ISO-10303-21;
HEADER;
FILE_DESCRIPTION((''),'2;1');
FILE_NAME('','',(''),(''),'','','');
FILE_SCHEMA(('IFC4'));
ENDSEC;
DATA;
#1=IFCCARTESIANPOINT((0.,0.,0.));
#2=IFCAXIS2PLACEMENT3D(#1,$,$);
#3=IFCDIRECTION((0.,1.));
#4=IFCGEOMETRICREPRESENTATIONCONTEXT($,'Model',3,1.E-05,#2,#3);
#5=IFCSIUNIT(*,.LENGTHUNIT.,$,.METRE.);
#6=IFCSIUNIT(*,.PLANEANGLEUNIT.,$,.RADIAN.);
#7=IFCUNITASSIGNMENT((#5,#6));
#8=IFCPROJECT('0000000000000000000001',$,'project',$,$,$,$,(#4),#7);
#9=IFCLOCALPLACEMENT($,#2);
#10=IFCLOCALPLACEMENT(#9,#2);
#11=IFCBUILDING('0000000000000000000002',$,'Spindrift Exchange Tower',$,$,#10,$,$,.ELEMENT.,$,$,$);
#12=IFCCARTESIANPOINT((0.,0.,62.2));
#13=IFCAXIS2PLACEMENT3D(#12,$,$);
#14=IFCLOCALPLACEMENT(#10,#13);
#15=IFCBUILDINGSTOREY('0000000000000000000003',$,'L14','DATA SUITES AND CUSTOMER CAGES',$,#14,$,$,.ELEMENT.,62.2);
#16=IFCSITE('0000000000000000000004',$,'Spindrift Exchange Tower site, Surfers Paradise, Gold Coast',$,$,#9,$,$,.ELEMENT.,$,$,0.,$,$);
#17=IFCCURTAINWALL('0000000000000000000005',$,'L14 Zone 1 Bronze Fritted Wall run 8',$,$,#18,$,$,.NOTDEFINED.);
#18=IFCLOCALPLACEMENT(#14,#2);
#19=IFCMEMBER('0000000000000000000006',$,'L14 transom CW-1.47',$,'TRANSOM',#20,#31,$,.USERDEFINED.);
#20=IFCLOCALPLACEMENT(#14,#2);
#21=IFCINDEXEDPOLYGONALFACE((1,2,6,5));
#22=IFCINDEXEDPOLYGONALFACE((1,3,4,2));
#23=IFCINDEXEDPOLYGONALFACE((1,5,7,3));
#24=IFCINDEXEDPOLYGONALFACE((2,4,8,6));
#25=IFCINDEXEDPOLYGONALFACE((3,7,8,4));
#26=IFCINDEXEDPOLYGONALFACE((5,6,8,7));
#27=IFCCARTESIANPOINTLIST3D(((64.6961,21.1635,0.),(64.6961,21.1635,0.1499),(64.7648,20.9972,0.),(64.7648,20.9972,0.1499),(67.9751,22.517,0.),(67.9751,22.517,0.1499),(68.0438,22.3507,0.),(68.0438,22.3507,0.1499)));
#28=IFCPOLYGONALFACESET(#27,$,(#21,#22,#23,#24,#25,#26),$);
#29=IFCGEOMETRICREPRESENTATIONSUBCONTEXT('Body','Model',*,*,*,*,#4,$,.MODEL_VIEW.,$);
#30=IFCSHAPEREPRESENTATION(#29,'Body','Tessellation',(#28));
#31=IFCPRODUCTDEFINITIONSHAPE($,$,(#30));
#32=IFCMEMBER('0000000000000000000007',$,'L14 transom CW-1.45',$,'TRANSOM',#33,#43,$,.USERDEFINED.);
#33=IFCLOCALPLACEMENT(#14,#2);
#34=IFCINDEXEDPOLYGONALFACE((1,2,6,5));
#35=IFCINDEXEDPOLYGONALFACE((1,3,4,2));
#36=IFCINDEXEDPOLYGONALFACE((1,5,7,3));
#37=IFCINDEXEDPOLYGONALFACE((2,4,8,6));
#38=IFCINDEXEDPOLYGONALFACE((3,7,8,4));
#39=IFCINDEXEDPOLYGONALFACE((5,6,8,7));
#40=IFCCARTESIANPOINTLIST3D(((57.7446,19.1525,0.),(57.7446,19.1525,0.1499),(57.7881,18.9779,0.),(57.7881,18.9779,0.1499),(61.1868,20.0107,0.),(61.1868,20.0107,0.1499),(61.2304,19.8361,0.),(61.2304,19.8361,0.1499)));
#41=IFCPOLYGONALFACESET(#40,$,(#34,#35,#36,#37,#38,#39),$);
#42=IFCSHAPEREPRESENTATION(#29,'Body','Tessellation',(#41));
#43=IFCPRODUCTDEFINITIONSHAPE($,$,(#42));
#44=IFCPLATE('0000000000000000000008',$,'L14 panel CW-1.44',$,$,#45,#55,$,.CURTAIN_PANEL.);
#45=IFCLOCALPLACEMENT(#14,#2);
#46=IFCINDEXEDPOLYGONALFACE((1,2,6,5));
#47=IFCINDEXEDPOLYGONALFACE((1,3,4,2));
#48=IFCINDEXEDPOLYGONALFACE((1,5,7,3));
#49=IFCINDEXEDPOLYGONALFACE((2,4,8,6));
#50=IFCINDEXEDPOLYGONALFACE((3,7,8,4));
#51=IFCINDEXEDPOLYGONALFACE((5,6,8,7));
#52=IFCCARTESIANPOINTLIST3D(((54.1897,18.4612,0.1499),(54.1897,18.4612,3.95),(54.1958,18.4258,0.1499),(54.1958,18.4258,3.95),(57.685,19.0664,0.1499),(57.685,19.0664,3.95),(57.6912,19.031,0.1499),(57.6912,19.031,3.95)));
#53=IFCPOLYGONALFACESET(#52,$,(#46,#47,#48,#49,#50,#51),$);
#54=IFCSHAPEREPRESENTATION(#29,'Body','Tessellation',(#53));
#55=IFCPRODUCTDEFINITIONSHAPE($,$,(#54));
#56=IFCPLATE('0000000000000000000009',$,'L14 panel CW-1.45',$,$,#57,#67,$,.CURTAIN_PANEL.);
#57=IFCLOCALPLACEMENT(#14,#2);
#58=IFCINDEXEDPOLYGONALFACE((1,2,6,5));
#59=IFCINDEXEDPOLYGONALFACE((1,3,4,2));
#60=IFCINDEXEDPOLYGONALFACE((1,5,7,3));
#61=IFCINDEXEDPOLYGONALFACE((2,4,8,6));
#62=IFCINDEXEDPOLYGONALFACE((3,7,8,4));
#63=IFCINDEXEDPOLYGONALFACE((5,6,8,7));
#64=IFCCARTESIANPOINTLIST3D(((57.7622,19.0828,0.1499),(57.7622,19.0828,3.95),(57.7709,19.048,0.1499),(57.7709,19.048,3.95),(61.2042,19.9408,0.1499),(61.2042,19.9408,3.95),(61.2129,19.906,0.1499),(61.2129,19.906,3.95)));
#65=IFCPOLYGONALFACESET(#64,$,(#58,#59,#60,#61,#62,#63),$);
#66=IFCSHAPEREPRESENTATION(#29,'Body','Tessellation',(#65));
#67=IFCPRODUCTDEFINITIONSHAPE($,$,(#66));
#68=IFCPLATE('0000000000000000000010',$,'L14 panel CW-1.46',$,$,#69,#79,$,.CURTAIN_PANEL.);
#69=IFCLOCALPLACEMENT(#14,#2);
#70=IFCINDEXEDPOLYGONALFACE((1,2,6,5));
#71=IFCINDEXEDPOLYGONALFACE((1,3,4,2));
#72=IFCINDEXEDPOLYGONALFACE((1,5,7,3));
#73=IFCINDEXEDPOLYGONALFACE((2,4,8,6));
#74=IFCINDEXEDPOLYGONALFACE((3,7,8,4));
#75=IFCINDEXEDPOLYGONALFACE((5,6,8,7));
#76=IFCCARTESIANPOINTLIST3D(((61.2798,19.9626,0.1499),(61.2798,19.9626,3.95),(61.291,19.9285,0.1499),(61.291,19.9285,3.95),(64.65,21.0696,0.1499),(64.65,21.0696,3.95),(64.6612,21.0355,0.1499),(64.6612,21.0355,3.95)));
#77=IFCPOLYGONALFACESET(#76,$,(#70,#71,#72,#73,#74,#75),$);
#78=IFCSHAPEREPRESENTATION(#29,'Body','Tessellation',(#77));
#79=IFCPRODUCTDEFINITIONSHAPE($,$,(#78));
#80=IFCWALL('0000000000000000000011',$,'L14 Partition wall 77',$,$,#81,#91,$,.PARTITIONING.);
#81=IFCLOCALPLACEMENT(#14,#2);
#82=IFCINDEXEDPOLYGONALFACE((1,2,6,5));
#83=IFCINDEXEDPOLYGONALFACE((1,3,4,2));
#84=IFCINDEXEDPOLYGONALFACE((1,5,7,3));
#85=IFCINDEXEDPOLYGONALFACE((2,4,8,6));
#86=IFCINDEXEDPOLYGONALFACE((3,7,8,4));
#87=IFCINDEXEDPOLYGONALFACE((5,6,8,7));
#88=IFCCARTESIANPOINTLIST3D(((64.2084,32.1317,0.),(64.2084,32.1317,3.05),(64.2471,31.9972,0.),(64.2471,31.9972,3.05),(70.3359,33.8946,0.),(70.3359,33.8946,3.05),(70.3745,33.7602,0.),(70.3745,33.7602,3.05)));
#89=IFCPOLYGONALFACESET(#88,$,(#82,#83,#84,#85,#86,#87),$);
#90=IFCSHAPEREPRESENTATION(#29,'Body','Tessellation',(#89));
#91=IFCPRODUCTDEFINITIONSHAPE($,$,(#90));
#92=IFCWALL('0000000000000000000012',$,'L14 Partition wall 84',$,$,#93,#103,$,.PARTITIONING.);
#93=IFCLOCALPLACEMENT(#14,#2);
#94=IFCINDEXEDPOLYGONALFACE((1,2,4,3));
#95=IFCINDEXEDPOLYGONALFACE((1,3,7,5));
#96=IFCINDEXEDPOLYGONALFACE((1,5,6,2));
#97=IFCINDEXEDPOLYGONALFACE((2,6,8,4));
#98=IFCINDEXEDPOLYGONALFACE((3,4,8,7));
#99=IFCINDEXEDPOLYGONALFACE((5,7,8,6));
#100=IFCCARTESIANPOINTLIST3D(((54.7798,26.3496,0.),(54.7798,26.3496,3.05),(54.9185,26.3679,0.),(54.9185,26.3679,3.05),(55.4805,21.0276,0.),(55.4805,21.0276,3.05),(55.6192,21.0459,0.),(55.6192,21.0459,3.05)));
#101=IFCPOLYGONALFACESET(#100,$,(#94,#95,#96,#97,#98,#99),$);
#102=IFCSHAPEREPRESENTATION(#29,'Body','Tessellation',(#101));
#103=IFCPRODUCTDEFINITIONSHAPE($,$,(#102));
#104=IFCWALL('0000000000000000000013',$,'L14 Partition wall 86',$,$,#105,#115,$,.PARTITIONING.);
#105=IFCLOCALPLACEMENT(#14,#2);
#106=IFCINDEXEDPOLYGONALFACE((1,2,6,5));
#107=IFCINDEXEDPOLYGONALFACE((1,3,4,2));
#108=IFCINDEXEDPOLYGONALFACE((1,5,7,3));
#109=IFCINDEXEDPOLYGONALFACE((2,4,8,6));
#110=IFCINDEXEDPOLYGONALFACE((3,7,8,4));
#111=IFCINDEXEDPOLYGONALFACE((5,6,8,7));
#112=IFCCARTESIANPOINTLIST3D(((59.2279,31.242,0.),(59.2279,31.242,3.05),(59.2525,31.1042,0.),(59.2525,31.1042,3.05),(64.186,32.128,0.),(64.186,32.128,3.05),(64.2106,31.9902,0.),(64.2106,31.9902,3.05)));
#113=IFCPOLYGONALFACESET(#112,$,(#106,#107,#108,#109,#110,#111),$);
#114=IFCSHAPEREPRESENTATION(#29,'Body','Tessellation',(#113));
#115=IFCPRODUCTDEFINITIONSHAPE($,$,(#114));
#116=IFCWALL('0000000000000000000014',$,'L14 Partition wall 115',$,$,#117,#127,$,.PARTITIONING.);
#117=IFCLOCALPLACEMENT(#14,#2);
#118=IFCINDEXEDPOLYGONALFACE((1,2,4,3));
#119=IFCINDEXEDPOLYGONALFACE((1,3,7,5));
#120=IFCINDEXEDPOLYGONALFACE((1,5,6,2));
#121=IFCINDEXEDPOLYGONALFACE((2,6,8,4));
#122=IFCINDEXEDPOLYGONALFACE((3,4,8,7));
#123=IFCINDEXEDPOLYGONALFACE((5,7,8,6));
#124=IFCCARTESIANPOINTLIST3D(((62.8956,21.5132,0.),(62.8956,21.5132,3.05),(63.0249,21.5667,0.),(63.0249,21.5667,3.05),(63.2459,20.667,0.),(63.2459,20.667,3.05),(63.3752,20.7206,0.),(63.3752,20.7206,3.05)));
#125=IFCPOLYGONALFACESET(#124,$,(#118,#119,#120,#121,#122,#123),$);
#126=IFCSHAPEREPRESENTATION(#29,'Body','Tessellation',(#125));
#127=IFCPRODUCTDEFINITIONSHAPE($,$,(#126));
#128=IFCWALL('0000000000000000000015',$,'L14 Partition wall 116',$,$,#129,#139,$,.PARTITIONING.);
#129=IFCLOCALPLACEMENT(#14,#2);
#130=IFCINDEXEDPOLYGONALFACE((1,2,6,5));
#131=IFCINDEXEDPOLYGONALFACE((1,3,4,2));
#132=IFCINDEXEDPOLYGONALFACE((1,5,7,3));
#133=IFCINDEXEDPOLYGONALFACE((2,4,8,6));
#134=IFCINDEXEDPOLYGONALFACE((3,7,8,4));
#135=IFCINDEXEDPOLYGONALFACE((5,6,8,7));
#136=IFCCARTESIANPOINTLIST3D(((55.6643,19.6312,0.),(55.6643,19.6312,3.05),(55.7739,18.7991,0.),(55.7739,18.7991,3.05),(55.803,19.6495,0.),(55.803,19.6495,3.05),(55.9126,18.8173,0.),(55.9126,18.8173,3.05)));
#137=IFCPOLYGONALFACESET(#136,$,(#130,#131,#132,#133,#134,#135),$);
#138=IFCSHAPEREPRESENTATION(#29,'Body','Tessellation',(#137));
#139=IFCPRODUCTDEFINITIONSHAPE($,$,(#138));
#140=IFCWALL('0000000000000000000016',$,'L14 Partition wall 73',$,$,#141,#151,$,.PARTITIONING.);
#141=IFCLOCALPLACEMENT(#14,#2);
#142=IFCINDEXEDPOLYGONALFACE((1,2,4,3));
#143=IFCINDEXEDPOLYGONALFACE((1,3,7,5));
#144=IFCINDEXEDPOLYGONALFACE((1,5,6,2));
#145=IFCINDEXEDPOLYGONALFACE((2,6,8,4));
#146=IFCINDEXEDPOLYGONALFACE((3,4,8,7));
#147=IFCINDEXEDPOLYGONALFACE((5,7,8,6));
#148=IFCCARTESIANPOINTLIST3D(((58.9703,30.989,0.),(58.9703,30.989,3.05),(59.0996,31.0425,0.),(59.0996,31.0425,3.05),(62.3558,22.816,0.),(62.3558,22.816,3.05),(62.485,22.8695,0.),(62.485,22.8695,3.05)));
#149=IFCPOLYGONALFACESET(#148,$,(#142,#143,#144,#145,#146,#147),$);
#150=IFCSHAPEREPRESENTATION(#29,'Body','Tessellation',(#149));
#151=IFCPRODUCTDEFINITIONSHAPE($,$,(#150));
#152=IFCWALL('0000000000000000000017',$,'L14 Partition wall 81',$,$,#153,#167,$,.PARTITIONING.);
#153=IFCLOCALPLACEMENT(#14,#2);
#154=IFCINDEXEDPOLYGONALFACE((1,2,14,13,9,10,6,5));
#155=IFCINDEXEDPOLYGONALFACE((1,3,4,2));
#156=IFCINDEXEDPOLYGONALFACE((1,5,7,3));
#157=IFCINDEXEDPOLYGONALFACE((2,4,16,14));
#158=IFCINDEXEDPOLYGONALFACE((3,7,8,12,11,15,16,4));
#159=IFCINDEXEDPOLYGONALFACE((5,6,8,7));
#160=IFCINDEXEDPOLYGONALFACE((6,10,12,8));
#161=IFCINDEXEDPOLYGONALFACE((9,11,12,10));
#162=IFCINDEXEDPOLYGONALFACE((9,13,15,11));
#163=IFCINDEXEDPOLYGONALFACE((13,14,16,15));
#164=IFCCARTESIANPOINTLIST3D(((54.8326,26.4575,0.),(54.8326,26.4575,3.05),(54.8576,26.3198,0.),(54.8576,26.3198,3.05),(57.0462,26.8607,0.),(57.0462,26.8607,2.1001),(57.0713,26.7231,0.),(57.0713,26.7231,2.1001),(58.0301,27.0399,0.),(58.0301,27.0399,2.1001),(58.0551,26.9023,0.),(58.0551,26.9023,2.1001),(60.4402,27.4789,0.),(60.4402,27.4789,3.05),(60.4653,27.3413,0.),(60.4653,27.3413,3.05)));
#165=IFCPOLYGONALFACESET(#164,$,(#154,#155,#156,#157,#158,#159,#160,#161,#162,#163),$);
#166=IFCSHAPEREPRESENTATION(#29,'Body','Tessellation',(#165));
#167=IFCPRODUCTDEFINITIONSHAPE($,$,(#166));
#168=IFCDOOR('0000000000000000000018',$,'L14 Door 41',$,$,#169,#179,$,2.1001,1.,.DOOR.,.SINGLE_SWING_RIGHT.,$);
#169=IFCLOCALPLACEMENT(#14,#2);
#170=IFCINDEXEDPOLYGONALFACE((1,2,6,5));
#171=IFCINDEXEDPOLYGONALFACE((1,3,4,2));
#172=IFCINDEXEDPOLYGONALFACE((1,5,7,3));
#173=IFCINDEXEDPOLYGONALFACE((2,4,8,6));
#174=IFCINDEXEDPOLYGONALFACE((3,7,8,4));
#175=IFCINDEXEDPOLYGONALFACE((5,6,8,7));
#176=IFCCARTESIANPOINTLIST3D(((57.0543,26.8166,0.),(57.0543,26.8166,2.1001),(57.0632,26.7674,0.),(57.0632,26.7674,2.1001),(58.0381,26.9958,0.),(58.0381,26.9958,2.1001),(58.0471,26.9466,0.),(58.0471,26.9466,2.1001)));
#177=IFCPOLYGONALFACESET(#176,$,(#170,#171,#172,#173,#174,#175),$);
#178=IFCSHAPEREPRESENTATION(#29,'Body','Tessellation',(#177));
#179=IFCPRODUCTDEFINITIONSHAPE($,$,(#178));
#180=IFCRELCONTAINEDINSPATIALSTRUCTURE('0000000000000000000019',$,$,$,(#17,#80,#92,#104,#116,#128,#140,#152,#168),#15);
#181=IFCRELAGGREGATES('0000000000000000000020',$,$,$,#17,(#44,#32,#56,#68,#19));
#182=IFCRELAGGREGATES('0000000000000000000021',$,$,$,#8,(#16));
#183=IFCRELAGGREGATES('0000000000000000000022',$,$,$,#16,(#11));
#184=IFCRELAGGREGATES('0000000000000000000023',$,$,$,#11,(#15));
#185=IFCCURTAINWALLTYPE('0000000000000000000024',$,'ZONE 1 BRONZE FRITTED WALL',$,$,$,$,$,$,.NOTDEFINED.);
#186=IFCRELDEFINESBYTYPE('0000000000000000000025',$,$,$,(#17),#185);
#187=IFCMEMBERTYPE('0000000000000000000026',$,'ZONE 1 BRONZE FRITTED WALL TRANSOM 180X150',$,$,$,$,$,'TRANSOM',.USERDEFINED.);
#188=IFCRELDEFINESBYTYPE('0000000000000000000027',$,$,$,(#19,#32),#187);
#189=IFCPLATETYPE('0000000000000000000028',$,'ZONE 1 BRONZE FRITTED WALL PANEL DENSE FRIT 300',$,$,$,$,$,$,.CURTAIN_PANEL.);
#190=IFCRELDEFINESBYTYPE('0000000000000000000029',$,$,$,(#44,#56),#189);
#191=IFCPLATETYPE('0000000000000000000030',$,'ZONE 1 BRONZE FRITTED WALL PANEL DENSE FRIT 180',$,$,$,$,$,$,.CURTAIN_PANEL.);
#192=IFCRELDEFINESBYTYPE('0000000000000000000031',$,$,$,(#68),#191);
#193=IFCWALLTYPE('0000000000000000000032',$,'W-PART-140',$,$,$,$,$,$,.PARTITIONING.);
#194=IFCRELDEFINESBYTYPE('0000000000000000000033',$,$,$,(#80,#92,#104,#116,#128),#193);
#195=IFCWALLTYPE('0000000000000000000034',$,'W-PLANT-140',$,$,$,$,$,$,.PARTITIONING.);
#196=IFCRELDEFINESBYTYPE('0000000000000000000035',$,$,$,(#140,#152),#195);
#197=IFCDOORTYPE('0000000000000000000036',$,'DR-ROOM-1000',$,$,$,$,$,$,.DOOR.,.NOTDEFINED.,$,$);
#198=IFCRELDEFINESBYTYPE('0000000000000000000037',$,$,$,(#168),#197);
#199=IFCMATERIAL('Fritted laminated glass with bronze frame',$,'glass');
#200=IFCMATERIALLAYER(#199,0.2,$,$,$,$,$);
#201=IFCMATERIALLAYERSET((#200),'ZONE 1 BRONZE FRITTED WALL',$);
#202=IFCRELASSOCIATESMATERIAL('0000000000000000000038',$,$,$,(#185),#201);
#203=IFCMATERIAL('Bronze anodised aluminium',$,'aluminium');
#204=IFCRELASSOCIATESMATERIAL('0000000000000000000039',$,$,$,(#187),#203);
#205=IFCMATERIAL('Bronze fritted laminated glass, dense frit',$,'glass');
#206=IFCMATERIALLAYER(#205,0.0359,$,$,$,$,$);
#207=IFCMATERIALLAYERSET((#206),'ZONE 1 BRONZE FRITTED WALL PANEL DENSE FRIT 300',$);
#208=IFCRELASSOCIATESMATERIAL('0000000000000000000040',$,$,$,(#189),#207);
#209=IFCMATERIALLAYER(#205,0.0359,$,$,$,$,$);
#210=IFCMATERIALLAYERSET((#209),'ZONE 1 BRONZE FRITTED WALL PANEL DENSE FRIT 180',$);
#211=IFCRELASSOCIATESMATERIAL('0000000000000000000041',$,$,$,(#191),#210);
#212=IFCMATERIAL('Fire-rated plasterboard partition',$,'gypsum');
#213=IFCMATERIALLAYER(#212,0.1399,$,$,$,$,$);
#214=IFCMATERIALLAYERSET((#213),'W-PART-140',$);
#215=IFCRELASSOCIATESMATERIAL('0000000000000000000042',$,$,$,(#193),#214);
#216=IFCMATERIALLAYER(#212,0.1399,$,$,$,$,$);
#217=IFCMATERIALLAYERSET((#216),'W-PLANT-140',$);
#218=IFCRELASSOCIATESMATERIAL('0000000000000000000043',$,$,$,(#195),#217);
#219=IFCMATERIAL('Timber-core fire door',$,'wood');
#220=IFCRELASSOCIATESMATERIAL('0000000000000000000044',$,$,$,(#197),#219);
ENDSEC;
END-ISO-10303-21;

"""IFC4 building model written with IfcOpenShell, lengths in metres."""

from ifc_helpers import new_model, si_unit, direction, frame, frame_2d, origin, origin_2d, place, context, subcontext, project, spatial, rectangle, extrude, source, transform, mapped, material, layer, layer_set, material_profile, profile_set, type_object, element, fill, aggregate, save


model = new_model("IFC4")

# Units and contexts
model_context = context("Model", 3, precision=1e-05, world=origin(), true_north=direction((0.0, 1.0)))
body_context = subcontext(model_context, "Body", "Model", "MODEL_VIEW")
ifc_project = project(units=[si_unit("LENGTHUNIT", "METRE"), si_unit("PLANEANGLEUNIT", "RADIAN")], contexts=[model_context])

# Site, building, storey
site_placement = place(None, origin())
site = spatial("IfcSite", under=ifc_project, at=site_placement, Name="Spindrift Exchange Tower site, Surfers Paradise, Gold Coast", CompositionType="ELEMENT", RefElevation=0.0)
building_placement = place(site_placement, origin())
building = spatial("IfcBuilding", under=site, at=building_placement, Name="Spindrift Exchange Tower", CompositionType="ELEMENT")
storey_placement = place(building_placement, frame((0.0, 0.0, 62.2)))
storey = spatial("IfcBuildingStorey", under=building, at=storey_placement, Name="L14", Description="DATA SUITES AND CUSTOMER CAGES", CompositionType="ELEMENT", Elevation=62.2)

# Curtain wall, members, plates
ifc_material_1 = material(Name="Fritted laminated glass with bronze frame", Category="glass")
ifc_layer_1 = layer(ifc_material_1, 0.2)
ifc_layer_set_1 = layer_set([ifc_layer_1], Name="ZONE 1 BRONZE FRITTED WALL")
curtain_wall_type = type_object("IfcCurtainWallType", Name="ZONE 1 BRONZE FRITTED WALL", PredefinedType="NOTDEFINED", material=ifc_layer_set_1)
curtain_wall_placement = place(storey_placement, origin())
curtain_wall = element("IfcCurtainWall", 1, at=curtain_wall_placement, inside=storey, type_object=curtain_wall_type, Name="L14 Zone 1 Bronze Fritted Wall run 8", PredefinedType="NOTDEFINED")
ifc_material_2 = material(Name="Bronze anodised aluminium", Category="aluminium")
ifc_material_profile_1 = material_profile(ifc_material_2, rectangle(XDim=0.1799, YDim=0.1499, at=origin_2d()), Name="ZONE 1 BRONZE FRITTED WALL TRANSOM 180X150")
ifc_profile_set_1 = profile_set([ifc_material_profile_1], Name="Bronze anodised aluminium")
member_type_1 = type_object("IfcMemberType", Name="ZONE 1 BRONZE FRITTED WALL TRANSOM 180X150", ElementType="TRANSOM", PredefinedType="USERDEFINED", material=ifc_profile_set_1)
shared_shape_1 = source(origin(), body_context, "Body", "SweptSolid", [
    extrude(rectangle(XDim=0.1799, YDim=0.1499, at=origin_2d()), origin(), (0.0, 0.0, 1.0), 3.5474),
])
member_1_placement = place(storey_placement, frame((64.7305, 21.0803, 0.075), z_axis=(0.924349, 0.381549, 0.0), x_axis=(-0.381549, 0.924349, 0.0)))
member_1 = element("IfcMember", 2, at=member_1_placement, type_object=member_type_1, Name="L14 transom CW-1.47", ObjectType="TRANSOM", PredefinedType="USERDEFINED", context=body_context, shape_type="MappedRepresentation", body=[
    mapped(shared_shape_1, transform((0.0, 0.0, 0.0), scale=1.0)),
])
shared_shape_2 = source(origin(), body_context, "Body", "SweptSolid", [
    extrude(rectangle(XDim=0.1799, YDim=0.1499, at=origin_2d()), origin(), (0.0, 0.0, 1.0), 3.5476),
])
member_2_placement = place(storey_placement, frame((57.7664, 19.0652, 0.075), z_axis=(0.9703, 0.241904, 0.0), x_axis=(-0.241904, 0.9703, 0.0)))
member_2 = element("IfcMember", 3, at=member_2_placement, type_object=member_type_1, Name="L14 transom CW-1.45", ObjectType="TRANSOM", PredefinedType="USERDEFINED", context=body_context, shape_type="MappedRepresentation", body=[
    mapped(shared_shape_2, transform((0.0, 0.0, 0.0), scale=1.0)),
])
ifc_material_3 = material(Name="Bronze fritted laminated glass, dense frit", Category="glass")
ifc_layer_2 = layer(ifc_material_3, 0.0359)
ifc_layer_set_2 = layer_set([ifc_layer_2], Name="ZONE 1 BRONZE FRITTED WALL PANEL DENSE FRIT 300")
plate_type_1 = type_object("IfcPlateType", Name="ZONE 1 BRONZE FRITTED WALL PANEL DENSE FRIT 300", PredefinedType="CURTAIN_PANEL", material=ifc_layer_set_2)
shared_shape_3 = source(origin(), body_context, "Body", "SweptSolid", [
    extrude(rectangle(XDim=3.5474, YDim=0.0359, at=origin_2d()), origin(), (0.0, 0.0, 1.0), 3.8),
])
plate_1_placement = place(storey_placement, frame((55.9404, 18.7461, 0.1499), z_axis=(0.0, 0.0, 1.0), x_axis=(0.985337, 0.170619, 0.0)))
plate_1 = element("IfcPlate", 4, at=plate_1_placement, type_object=plate_type_1, Name="L14 panel CW-1.44", PredefinedType="CURTAIN_PANEL", context=body_context, shape_type="MappedRepresentation", body=[
    mapped(shared_shape_3, transform((0.0, 0.0, 0.0), scale=1.0)),
])
plate_2_placement = place(storey_placement, frame((59.4875, 19.4944, 0.1499), z_axis=(0.0, 0.0, 1.0), x_axis=(0.970306, 0.241881, 0.0)))
plate_2 = element("IfcPlate", 5, at=plate_2_placement, type_object=plate_type_1, Name="L14 panel CW-1.45", PredefinedType="CURTAIN_PANEL", context=body_context, shape_type="MappedRepresentation", body=[
    mapped(shared_shape_3, transform((0.0, 0.0, 0.0), scale=1.0)),
])
ifc_layer_3 = layer(ifc_material_3, 0.0359)
ifc_layer_set_3 = layer_set([ifc_layer_3], Name="ZONE 1 BRONZE FRITTED WALL PANEL DENSE FRIT 180")
plate_type_2 = type_object("IfcPlateType", Name="ZONE 1 BRONZE FRITTED WALL PANEL DENSE FRIT 180", PredefinedType="CURTAIN_PANEL", material=ifc_layer_set_3)
shared_shape_4 = source(origin(), body_context, "Body", "SweptSolid", [
    extrude(rectangle(XDim=3.5474, YDim=0.0359, at=origin_2d()), origin(), (0.0, 0.0, 1.0), 3.8),
])
plate_3_placement = place(storey_placement, frame((62.9705, 20.499, 0.1499), z_axis=(0.0, 0.0, 1.0), x_axis=(0.950058, 0.312073, 0.0)))
plate_3 = element("IfcPlate", 6, at=plate_3_placement, type_object=plate_type_2, Name="L14 panel CW-1.46", PredefinedType="CURTAIN_PANEL", context=body_context, shape_type="MappedRepresentation", body=[
    mapped(shared_shape_4, transform((0.0, 0.0, 0.0), scale=1.0)),
])
aggregate(curtain_wall, [plate_1, member_2, plate_2, plate_3, member_1])

# Walls
ifc_material_4 = material(Name="Fire-rated plasterboard partition", Category="gypsum")
ifc_layer_4 = layer(ifc_material_4, 0.1399)
ifc_layer_set_4 = layer_set([ifc_layer_4], Name="W-PART-140")
wall_type_1 = type_object("IfcWallType", Name="W-PART-140", PredefinedType="PARTITIONING", material=ifc_layer_set_4)
wall_1_placement = place(storey_placement, frame((64.2278, 32.0645, 0.0), z_axis=(0.0, 0.0, 1.0), x_axis=(0.961015, 0.276496, 0.0)))
element("IfcWall", 7, at=wall_1_placement, inside=storey, type_object=wall_type_1, Name="L14 Partition wall 77", PredefinedType="PARTITIONING", context=body_context, shape_type="SweptSolid", body=[
    extrude(rectangle(XDim=6.376, YDim=0.1399, at=frame_2d((3.188, 0.0))), origin(), (0.0, 0.0, 1.0), 3.05),
])
wall_2_placement = place(storey_placement, frame((54.8491, 26.3589, 0.0), z_axis=(0.0, 0.0, 1.0), x_axis=(0.130531, -0.991444, 0.0)))
element("IfcWall", 8, at=wall_2_placement, inside=storey, type_object=wall_type_1, Name="L14 Partition wall 84", PredefinedType="PARTITIONING", context=body_context, shape_type="SweptSolid", body=[
    extrude(rectangle(XDim=5.3679, YDim=0.1399, at=frame_2d((2.6841, 0.0))), origin(), (0.0, 0.0, 1.0), 3.05),
])
wall_3_placement = place(storey_placement, frame((59.2402, 31.1731, 0.0), z_axis=(0.0, 0.0, 1.0), x_axis=(0.984406, 0.175911, 0.0)))
element("IfcWall", 9, at=wall_3_placement, inside=storey, type_object=wall_type_1, Name="L14 Partition wall 86", PredefinedType="PARTITIONING", context=body_context, shape_type="SweptSolid", body=[
    extrude(rectangle(XDim=5.0366, YDim=0.1399, at=frame_2d((2.5183, 0.0))), origin(), (0.0, 0.0, 1.0), 3.05),
])
wall_4_placement = place(storey_placement, frame((62.9602, 21.54, 0.0), z_axis=(0.0, 0.0, 1.0), x_axis=(0.382532, -0.923942, 0.0)))
element("IfcWall", 10, at=wall_4_placement, inside=storey, type_object=wall_type_1, Name="L14 Partition wall 115", PredefinedType="PARTITIONING", context=body_context, shape_type="SweptSolid", body=[
    extrude(rectangle(XDim=0.9158, YDim=0.1399, at=frame_2d((0.458, 0.0))), origin(), (0.0, 0.0, 1.0), 3.05),
])
wall_5_placement = place(storey_placement, frame((55.7336, 19.6404, 0.0), z_axis=(0.0, 0.0, 1.0), x_axis=(0.130582, -0.991437, 0.0)))
element("IfcWall", 11, at=wall_5_placement, inside=storey, type_object=wall_type_1, Name="L14 Partition wall 116", PredefinedType="PARTITIONING", context=body_context, shape_type="SweptSolid", body=[
    extrude(rectangle(XDim=0.8394, YDim=0.1399, at=frame_2d((0.4197, 0.0))), origin(), (0.0, 0.0, 1.0), 3.05),
])
ifc_layer_5 = layer(ifc_material_4, 0.1399)
ifc_layer_set_5 = layer_set([ifc_layer_5], Name="W-PLANT-140")
wall_type_2 = type_object("IfcWallType", Name="W-PLANT-140", PredefinedType="PARTITIONING", material=ifc_layer_set_5)
wall_6_placement = place(storey_placement, frame((59.0349, 31.0159, 0.0), z_axis=(0.0, 0.0, 1.0), x_axis=(0.382692, -0.923876, 0.0)))
element("IfcWall", 12, at=wall_6_placement, inside=storey, type_object=wall_type_2, Name="L14 Partition wall 73", PredefinedType="PARTITIONING", context=body_context, shape_type="SweptSolid", body=[
    extrude(rectangle(XDim=8.8464, YDim=0.1399, at=frame_2d((4.4233, 0.0))), origin(), (0.0, 0.0, 1.0), 3.05),
])

# Wall, opening, door
wall_7_placement = place(storey_placement, frame((60.4529, 27.4102, 0.0), z_axis=(0.0, 0.0, 1.0), x_axis=(-0.983811, -0.17921, 0.0)))
wall_7 = element("IfcWall", 13, at=wall_7_placement, inside=storey, type_object=wall_type_2, Name="L14 Partition wall 81", PredefinedType="PARTITIONING", context=body_context, shape_type="SweptSolid", body=[
    extrude(rectangle(XDim=5.7, YDim=0.1399, at=frame_2d((2.8501, 0.0))), origin(), (0.0, 0.0, 1.0), 3.05),
])
opening_placement = place(wall_7_placement, frame((2.45, 0.0, 0.0)))
opening = element("IfcOpeningElement", 14, at=opening_placement, cuts=wall_7, PredefinedType="OPENING", context=body_context, shape_type="SweptSolid", body=[
    extrude(rectangle(XDim=1.0, YDim=2.1001, at=frame_2d((0.5, 1.05))), frame((0.0, 0.0798, 0.0), z_axis=(0.0, -1.0, 0.0), x_axis=(1.0, 0.0, 0.0)), (0.0, 0.0, 1.0), 0.1599),
])
ifc_material_5 = material(Name="Timber-core fire door", Category="wood")
door_type = type_object("IfcDoorType", Name="DR-ROOM-1000", OperationType="NOTDEFINED", PredefinedType="DOOR", material=ifc_material_5)
shared_shape_5 = source(origin(), body_context, "Body", "SweptSolid", [
    extrude(rectangle(XDim=1.0, YDim=2.1001, at=frame_2d((0.5, 1.05))), frame((0.0, 0.0249, 0.0), z_axis=(0.0, -1.0, 0.0), x_axis=(1.0, 0.0, 0.0)), (0.0, 0.0, 1.0), 0.05),
])
door_placement = place(opening_placement, origin())
door = element("IfcDoor", 15, at=door_placement, inside=storey, type_object=door_type, Name="L14 Door 41", OperationType="SINGLE_SWING_RIGHT", OverallHeight=2.1001, OverallWidth=1.0, PredefinedType="DOOR", context=body_context, shape_type="MappedRepresentation", body=[
    mapped(shared_shape_5, transform((0.0, 0.0, 0.0), scale=1.0)),
])
fill(opening, door)

save(model, "model.ifc")
